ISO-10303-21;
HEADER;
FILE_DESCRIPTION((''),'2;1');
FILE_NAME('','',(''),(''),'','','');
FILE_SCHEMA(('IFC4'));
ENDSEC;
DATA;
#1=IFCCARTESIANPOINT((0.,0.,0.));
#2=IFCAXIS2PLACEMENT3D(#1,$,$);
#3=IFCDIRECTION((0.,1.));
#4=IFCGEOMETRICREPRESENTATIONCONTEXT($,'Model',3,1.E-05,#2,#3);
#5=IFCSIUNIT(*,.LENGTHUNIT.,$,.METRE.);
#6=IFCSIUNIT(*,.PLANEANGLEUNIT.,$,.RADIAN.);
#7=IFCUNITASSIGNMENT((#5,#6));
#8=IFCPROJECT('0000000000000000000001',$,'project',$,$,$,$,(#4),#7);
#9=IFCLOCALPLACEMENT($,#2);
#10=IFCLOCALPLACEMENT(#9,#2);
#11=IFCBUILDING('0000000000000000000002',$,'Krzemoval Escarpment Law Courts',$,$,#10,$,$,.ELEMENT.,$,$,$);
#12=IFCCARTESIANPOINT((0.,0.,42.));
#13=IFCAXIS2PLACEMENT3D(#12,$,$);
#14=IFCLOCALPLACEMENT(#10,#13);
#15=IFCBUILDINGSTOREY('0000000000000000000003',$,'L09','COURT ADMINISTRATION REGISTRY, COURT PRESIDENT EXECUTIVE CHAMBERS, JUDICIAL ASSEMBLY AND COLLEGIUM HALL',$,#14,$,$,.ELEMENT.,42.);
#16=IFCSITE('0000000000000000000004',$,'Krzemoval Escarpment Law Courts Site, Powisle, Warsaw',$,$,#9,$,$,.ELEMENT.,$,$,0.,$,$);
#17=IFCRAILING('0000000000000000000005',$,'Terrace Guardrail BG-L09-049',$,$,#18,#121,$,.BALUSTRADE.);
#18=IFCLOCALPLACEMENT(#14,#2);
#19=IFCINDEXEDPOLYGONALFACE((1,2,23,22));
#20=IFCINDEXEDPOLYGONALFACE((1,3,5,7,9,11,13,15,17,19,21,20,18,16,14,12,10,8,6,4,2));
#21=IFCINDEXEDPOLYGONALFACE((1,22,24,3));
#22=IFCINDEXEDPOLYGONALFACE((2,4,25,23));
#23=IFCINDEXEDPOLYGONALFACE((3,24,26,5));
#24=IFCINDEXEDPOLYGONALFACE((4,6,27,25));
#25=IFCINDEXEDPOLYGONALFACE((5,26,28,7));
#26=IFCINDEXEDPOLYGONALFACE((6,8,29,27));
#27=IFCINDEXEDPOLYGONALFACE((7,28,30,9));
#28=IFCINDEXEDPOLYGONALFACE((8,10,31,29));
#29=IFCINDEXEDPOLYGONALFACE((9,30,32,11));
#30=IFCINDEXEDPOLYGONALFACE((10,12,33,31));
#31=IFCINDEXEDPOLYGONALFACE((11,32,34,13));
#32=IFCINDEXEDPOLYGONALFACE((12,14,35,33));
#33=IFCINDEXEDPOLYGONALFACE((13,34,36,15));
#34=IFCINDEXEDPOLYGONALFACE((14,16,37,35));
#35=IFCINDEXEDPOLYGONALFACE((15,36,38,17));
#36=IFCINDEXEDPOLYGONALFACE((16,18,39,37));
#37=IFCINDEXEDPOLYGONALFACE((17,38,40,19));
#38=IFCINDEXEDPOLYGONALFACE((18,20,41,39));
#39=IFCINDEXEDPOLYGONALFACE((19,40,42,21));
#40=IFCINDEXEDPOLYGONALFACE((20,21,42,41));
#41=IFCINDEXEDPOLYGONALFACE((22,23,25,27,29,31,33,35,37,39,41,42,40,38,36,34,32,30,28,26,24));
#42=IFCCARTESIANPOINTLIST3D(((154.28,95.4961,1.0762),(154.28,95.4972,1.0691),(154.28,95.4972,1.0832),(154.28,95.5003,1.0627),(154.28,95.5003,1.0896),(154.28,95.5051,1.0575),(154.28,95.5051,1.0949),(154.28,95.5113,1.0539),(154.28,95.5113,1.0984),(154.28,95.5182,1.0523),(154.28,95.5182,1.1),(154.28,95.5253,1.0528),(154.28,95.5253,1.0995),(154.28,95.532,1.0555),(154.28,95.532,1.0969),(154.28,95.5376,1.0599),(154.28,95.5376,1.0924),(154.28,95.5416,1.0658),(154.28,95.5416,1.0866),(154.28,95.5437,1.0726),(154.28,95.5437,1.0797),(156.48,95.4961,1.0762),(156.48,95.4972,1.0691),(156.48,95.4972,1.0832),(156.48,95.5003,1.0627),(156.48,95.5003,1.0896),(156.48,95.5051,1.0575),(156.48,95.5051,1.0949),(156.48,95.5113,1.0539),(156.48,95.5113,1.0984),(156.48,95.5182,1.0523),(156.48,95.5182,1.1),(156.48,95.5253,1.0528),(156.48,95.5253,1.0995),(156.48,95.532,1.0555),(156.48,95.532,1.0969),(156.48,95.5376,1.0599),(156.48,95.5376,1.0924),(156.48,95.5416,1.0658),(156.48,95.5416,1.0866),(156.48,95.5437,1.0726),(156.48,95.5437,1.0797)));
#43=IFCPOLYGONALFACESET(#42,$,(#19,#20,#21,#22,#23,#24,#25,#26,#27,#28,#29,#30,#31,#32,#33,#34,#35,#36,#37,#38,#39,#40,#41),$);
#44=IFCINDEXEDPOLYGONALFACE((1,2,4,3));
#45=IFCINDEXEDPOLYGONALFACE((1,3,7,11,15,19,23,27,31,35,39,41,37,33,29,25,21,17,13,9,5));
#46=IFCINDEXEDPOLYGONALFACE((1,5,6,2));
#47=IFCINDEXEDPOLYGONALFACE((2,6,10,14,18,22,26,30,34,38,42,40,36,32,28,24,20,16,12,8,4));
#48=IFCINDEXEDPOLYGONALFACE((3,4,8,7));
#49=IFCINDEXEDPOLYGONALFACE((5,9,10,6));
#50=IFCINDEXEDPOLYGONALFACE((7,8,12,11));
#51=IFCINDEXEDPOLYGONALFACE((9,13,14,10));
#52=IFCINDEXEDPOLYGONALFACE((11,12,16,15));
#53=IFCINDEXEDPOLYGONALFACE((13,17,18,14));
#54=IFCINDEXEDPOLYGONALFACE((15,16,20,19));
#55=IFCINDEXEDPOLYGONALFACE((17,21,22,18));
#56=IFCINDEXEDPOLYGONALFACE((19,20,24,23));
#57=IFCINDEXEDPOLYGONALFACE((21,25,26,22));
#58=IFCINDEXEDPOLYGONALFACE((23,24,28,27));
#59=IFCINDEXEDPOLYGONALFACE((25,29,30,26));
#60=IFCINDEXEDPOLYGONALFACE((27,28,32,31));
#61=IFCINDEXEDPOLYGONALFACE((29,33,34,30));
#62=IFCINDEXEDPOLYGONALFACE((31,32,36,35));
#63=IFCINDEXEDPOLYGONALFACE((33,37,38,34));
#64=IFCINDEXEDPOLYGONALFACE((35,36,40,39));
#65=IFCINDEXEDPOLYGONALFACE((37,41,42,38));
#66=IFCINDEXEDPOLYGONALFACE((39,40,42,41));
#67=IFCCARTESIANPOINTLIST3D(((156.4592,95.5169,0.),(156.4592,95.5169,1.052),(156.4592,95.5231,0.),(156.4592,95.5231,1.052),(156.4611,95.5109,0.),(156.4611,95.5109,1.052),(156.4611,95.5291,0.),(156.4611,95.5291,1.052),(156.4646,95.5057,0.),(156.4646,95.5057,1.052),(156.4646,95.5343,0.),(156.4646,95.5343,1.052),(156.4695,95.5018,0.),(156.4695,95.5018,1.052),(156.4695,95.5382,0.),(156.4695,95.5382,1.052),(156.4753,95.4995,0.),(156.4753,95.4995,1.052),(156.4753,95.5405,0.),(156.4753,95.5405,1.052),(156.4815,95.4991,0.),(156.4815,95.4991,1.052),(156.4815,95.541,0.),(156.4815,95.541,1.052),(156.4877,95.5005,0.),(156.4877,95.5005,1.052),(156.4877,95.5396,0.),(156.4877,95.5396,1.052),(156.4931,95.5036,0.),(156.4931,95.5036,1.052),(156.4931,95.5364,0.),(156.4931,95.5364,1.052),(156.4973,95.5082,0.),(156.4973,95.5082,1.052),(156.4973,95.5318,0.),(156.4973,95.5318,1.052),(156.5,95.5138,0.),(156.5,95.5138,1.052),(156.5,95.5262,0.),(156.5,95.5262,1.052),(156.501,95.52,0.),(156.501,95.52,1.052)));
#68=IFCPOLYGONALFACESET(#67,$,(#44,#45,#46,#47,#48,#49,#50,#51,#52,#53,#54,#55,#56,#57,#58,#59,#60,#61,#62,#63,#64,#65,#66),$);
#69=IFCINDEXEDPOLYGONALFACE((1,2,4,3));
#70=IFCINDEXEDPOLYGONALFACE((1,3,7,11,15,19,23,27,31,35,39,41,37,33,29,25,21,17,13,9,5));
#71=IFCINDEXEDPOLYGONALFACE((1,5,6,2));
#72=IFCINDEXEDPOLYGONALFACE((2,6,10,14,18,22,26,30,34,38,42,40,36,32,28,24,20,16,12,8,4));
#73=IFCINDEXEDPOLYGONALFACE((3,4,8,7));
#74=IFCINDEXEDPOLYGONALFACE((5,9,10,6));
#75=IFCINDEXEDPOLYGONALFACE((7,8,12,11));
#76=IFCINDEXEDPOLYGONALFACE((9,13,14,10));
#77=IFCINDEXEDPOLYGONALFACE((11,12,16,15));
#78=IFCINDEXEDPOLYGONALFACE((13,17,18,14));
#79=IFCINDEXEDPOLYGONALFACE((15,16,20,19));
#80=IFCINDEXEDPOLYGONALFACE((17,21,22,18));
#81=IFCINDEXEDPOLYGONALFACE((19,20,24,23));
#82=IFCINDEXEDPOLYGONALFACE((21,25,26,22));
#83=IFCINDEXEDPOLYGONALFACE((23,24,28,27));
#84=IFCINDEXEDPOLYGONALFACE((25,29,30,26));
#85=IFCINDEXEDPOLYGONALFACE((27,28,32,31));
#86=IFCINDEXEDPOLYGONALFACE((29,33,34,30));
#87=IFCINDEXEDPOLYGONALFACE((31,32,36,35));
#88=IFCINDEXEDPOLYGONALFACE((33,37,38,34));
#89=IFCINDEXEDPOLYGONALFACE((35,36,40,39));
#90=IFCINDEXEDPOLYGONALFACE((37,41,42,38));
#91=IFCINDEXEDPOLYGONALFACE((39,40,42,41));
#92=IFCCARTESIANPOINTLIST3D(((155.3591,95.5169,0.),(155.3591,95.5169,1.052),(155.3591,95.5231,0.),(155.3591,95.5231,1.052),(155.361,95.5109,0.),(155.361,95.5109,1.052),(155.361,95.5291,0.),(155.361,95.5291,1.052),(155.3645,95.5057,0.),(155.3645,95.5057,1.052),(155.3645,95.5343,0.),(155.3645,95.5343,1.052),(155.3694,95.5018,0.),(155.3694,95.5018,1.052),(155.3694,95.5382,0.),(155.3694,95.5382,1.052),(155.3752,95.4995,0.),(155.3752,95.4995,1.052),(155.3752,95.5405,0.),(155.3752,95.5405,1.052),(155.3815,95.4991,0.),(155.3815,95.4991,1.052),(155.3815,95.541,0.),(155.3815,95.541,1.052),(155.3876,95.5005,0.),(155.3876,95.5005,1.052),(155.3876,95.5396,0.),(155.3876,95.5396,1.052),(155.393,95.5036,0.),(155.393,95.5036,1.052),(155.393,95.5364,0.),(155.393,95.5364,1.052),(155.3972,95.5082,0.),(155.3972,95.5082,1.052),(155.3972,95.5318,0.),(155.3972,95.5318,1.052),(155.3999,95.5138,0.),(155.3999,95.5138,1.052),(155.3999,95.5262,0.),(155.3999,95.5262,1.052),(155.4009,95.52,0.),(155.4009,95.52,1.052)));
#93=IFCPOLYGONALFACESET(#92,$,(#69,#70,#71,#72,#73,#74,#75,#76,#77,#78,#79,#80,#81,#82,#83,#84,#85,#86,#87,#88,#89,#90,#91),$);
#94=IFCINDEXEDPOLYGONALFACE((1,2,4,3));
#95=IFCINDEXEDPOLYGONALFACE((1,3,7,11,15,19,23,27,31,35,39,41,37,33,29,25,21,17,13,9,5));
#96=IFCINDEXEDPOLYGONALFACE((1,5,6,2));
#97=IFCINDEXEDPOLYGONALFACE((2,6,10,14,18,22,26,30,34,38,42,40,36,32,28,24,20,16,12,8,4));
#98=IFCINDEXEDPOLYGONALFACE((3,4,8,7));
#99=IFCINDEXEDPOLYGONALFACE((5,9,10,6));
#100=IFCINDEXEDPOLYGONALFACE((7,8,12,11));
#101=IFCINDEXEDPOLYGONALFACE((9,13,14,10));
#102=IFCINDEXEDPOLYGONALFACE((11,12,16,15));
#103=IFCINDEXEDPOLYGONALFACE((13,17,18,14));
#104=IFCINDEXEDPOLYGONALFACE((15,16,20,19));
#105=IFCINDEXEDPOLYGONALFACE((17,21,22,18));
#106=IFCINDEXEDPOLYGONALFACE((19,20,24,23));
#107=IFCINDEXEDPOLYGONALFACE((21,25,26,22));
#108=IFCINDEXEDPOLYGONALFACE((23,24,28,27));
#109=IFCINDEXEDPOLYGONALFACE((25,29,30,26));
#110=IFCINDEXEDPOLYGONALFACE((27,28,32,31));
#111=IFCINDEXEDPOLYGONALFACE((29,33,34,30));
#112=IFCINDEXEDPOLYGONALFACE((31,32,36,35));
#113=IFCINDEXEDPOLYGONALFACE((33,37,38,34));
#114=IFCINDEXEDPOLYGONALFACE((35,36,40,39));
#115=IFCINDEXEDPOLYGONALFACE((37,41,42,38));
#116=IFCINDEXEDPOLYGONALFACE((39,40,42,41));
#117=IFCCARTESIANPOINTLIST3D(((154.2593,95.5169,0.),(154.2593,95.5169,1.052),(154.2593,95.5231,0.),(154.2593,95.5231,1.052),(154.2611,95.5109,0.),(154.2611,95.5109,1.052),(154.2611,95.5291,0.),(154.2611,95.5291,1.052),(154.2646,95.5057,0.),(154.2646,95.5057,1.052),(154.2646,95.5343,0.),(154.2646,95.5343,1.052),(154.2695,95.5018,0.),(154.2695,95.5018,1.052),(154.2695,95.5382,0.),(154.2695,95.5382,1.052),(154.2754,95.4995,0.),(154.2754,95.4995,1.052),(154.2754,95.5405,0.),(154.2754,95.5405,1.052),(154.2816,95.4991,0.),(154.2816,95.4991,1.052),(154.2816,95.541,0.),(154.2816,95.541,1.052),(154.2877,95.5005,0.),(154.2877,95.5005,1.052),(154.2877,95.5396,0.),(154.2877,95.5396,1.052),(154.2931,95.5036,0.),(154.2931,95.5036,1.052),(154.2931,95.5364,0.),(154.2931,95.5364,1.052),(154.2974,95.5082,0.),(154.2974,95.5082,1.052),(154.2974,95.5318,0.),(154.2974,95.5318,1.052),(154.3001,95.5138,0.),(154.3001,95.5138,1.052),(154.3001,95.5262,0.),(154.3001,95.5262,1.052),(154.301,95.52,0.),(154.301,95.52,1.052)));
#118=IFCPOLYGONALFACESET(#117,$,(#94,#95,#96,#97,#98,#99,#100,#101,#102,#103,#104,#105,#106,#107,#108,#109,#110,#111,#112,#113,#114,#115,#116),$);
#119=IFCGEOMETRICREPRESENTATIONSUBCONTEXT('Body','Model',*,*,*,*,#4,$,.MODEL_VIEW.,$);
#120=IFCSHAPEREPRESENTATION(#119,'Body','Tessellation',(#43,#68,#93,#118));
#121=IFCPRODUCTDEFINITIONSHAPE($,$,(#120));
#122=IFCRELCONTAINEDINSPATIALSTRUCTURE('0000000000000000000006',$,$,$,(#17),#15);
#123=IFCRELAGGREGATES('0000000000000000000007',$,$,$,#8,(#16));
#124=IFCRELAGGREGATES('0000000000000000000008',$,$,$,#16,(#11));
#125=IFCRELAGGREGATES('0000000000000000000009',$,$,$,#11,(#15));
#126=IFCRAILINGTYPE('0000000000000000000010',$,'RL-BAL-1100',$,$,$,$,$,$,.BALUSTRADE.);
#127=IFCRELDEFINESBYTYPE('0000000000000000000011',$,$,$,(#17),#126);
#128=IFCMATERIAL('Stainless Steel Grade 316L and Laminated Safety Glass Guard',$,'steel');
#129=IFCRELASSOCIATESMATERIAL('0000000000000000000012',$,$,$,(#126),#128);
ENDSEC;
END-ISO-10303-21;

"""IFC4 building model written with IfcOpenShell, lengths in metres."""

from ifc_helpers import new_model, si_unit, direction, frame, origin, origin_2d, place, context, subcontext, project, spatial, circle, extrude, material, type_object, element, save


model = new_model("IFC4")

# Units and contexts
model_context = context("Model", 3, precision=1e-05, world=origin(), true_north=direction((0.0, 1.0)))
body_context = subcontext(model_context, "Body", "Model", "MODEL_VIEW")
ifc_project = project(units=[si_unit("LENGTHUNIT", "METRE"), si_unit("PLANEANGLEUNIT", "RADIAN")], contexts=[model_context])

# Site, building, storey
site_placement = place(None, origin())
site = spatial("IfcSite", under=ifc_project, at=site_placement, Name="Krzemoval Escarpment Law Courts Site, Powisle, Warsaw", CompositionType="ELEMENT", RefElevation=0.0)
building_placement = place(site_placement, origin())
building = spatial("IfcBuilding", under=site, at=building_placement, Name="Krzemoval Escarpment Law Courts", CompositionType="ELEMENT")
storey_placement = place(building_placement, frame((0.0, 0.0, 42.0)))
storey = spatial("IfcBuildingStorey", under=building, at=storey_placement, Name="L09", Description="COURT ADMINISTRATION REGISTRY, COURT PRESIDENT EXECUTIVE CHAMBERS, JUDICIAL ASSEMBLY AND COLLEGIUM HALL", CompositionType="ELEMENT", Elevation=42.0)

# Railing
ifc_material_1 = material(Name="Stainless Steel Grade 316L and Laminated Safety Glass Guard", Category="steel")
railing_type = type_object("IfcRailingType", Name="RL-BAL-1100", PredefinedType="BALUSTRADE", material=ifc_material_1)
railing_1_placement = place(storey_placement, frame((156.48, 95.52, 0.0)))
element("IfcRailing", 1, at=railing_1_placement, inside=storey, type_object=railing_type, Name="Terrace Guardrail BG-L09-049", PredefinedType="BALUSTRADE", context=body_context, shape_type="SweptSolid", body=[
    extrude(circle(Radius=0.0239, at=origin_2d()), frame((0.0, 0.0, 1.0762), z_axis=(-1.0, 0.0, 0.0), x_axis=(0.0, -1.0, 0.0)), (0.0, 0.0, 1.0), 2.2),
    extrude(circle(Radius=0.021, at=origin_2d()), origin(), (0.0, 0.0, 1.0), 1.052),
    extrude(circle(Radius=0.021, at=origin_2d()), frame((-1.1001, 0.0, 0.0)), (0.0, 0.0, 1.0), 1.052),
    extrude(circle(Radius=0.021, at=origin_2d()), frame((-2.2, 0.0, 0.0)), (0.0, 0.0, 1.0), 1.052),
])

save(model, "model.ifc")
